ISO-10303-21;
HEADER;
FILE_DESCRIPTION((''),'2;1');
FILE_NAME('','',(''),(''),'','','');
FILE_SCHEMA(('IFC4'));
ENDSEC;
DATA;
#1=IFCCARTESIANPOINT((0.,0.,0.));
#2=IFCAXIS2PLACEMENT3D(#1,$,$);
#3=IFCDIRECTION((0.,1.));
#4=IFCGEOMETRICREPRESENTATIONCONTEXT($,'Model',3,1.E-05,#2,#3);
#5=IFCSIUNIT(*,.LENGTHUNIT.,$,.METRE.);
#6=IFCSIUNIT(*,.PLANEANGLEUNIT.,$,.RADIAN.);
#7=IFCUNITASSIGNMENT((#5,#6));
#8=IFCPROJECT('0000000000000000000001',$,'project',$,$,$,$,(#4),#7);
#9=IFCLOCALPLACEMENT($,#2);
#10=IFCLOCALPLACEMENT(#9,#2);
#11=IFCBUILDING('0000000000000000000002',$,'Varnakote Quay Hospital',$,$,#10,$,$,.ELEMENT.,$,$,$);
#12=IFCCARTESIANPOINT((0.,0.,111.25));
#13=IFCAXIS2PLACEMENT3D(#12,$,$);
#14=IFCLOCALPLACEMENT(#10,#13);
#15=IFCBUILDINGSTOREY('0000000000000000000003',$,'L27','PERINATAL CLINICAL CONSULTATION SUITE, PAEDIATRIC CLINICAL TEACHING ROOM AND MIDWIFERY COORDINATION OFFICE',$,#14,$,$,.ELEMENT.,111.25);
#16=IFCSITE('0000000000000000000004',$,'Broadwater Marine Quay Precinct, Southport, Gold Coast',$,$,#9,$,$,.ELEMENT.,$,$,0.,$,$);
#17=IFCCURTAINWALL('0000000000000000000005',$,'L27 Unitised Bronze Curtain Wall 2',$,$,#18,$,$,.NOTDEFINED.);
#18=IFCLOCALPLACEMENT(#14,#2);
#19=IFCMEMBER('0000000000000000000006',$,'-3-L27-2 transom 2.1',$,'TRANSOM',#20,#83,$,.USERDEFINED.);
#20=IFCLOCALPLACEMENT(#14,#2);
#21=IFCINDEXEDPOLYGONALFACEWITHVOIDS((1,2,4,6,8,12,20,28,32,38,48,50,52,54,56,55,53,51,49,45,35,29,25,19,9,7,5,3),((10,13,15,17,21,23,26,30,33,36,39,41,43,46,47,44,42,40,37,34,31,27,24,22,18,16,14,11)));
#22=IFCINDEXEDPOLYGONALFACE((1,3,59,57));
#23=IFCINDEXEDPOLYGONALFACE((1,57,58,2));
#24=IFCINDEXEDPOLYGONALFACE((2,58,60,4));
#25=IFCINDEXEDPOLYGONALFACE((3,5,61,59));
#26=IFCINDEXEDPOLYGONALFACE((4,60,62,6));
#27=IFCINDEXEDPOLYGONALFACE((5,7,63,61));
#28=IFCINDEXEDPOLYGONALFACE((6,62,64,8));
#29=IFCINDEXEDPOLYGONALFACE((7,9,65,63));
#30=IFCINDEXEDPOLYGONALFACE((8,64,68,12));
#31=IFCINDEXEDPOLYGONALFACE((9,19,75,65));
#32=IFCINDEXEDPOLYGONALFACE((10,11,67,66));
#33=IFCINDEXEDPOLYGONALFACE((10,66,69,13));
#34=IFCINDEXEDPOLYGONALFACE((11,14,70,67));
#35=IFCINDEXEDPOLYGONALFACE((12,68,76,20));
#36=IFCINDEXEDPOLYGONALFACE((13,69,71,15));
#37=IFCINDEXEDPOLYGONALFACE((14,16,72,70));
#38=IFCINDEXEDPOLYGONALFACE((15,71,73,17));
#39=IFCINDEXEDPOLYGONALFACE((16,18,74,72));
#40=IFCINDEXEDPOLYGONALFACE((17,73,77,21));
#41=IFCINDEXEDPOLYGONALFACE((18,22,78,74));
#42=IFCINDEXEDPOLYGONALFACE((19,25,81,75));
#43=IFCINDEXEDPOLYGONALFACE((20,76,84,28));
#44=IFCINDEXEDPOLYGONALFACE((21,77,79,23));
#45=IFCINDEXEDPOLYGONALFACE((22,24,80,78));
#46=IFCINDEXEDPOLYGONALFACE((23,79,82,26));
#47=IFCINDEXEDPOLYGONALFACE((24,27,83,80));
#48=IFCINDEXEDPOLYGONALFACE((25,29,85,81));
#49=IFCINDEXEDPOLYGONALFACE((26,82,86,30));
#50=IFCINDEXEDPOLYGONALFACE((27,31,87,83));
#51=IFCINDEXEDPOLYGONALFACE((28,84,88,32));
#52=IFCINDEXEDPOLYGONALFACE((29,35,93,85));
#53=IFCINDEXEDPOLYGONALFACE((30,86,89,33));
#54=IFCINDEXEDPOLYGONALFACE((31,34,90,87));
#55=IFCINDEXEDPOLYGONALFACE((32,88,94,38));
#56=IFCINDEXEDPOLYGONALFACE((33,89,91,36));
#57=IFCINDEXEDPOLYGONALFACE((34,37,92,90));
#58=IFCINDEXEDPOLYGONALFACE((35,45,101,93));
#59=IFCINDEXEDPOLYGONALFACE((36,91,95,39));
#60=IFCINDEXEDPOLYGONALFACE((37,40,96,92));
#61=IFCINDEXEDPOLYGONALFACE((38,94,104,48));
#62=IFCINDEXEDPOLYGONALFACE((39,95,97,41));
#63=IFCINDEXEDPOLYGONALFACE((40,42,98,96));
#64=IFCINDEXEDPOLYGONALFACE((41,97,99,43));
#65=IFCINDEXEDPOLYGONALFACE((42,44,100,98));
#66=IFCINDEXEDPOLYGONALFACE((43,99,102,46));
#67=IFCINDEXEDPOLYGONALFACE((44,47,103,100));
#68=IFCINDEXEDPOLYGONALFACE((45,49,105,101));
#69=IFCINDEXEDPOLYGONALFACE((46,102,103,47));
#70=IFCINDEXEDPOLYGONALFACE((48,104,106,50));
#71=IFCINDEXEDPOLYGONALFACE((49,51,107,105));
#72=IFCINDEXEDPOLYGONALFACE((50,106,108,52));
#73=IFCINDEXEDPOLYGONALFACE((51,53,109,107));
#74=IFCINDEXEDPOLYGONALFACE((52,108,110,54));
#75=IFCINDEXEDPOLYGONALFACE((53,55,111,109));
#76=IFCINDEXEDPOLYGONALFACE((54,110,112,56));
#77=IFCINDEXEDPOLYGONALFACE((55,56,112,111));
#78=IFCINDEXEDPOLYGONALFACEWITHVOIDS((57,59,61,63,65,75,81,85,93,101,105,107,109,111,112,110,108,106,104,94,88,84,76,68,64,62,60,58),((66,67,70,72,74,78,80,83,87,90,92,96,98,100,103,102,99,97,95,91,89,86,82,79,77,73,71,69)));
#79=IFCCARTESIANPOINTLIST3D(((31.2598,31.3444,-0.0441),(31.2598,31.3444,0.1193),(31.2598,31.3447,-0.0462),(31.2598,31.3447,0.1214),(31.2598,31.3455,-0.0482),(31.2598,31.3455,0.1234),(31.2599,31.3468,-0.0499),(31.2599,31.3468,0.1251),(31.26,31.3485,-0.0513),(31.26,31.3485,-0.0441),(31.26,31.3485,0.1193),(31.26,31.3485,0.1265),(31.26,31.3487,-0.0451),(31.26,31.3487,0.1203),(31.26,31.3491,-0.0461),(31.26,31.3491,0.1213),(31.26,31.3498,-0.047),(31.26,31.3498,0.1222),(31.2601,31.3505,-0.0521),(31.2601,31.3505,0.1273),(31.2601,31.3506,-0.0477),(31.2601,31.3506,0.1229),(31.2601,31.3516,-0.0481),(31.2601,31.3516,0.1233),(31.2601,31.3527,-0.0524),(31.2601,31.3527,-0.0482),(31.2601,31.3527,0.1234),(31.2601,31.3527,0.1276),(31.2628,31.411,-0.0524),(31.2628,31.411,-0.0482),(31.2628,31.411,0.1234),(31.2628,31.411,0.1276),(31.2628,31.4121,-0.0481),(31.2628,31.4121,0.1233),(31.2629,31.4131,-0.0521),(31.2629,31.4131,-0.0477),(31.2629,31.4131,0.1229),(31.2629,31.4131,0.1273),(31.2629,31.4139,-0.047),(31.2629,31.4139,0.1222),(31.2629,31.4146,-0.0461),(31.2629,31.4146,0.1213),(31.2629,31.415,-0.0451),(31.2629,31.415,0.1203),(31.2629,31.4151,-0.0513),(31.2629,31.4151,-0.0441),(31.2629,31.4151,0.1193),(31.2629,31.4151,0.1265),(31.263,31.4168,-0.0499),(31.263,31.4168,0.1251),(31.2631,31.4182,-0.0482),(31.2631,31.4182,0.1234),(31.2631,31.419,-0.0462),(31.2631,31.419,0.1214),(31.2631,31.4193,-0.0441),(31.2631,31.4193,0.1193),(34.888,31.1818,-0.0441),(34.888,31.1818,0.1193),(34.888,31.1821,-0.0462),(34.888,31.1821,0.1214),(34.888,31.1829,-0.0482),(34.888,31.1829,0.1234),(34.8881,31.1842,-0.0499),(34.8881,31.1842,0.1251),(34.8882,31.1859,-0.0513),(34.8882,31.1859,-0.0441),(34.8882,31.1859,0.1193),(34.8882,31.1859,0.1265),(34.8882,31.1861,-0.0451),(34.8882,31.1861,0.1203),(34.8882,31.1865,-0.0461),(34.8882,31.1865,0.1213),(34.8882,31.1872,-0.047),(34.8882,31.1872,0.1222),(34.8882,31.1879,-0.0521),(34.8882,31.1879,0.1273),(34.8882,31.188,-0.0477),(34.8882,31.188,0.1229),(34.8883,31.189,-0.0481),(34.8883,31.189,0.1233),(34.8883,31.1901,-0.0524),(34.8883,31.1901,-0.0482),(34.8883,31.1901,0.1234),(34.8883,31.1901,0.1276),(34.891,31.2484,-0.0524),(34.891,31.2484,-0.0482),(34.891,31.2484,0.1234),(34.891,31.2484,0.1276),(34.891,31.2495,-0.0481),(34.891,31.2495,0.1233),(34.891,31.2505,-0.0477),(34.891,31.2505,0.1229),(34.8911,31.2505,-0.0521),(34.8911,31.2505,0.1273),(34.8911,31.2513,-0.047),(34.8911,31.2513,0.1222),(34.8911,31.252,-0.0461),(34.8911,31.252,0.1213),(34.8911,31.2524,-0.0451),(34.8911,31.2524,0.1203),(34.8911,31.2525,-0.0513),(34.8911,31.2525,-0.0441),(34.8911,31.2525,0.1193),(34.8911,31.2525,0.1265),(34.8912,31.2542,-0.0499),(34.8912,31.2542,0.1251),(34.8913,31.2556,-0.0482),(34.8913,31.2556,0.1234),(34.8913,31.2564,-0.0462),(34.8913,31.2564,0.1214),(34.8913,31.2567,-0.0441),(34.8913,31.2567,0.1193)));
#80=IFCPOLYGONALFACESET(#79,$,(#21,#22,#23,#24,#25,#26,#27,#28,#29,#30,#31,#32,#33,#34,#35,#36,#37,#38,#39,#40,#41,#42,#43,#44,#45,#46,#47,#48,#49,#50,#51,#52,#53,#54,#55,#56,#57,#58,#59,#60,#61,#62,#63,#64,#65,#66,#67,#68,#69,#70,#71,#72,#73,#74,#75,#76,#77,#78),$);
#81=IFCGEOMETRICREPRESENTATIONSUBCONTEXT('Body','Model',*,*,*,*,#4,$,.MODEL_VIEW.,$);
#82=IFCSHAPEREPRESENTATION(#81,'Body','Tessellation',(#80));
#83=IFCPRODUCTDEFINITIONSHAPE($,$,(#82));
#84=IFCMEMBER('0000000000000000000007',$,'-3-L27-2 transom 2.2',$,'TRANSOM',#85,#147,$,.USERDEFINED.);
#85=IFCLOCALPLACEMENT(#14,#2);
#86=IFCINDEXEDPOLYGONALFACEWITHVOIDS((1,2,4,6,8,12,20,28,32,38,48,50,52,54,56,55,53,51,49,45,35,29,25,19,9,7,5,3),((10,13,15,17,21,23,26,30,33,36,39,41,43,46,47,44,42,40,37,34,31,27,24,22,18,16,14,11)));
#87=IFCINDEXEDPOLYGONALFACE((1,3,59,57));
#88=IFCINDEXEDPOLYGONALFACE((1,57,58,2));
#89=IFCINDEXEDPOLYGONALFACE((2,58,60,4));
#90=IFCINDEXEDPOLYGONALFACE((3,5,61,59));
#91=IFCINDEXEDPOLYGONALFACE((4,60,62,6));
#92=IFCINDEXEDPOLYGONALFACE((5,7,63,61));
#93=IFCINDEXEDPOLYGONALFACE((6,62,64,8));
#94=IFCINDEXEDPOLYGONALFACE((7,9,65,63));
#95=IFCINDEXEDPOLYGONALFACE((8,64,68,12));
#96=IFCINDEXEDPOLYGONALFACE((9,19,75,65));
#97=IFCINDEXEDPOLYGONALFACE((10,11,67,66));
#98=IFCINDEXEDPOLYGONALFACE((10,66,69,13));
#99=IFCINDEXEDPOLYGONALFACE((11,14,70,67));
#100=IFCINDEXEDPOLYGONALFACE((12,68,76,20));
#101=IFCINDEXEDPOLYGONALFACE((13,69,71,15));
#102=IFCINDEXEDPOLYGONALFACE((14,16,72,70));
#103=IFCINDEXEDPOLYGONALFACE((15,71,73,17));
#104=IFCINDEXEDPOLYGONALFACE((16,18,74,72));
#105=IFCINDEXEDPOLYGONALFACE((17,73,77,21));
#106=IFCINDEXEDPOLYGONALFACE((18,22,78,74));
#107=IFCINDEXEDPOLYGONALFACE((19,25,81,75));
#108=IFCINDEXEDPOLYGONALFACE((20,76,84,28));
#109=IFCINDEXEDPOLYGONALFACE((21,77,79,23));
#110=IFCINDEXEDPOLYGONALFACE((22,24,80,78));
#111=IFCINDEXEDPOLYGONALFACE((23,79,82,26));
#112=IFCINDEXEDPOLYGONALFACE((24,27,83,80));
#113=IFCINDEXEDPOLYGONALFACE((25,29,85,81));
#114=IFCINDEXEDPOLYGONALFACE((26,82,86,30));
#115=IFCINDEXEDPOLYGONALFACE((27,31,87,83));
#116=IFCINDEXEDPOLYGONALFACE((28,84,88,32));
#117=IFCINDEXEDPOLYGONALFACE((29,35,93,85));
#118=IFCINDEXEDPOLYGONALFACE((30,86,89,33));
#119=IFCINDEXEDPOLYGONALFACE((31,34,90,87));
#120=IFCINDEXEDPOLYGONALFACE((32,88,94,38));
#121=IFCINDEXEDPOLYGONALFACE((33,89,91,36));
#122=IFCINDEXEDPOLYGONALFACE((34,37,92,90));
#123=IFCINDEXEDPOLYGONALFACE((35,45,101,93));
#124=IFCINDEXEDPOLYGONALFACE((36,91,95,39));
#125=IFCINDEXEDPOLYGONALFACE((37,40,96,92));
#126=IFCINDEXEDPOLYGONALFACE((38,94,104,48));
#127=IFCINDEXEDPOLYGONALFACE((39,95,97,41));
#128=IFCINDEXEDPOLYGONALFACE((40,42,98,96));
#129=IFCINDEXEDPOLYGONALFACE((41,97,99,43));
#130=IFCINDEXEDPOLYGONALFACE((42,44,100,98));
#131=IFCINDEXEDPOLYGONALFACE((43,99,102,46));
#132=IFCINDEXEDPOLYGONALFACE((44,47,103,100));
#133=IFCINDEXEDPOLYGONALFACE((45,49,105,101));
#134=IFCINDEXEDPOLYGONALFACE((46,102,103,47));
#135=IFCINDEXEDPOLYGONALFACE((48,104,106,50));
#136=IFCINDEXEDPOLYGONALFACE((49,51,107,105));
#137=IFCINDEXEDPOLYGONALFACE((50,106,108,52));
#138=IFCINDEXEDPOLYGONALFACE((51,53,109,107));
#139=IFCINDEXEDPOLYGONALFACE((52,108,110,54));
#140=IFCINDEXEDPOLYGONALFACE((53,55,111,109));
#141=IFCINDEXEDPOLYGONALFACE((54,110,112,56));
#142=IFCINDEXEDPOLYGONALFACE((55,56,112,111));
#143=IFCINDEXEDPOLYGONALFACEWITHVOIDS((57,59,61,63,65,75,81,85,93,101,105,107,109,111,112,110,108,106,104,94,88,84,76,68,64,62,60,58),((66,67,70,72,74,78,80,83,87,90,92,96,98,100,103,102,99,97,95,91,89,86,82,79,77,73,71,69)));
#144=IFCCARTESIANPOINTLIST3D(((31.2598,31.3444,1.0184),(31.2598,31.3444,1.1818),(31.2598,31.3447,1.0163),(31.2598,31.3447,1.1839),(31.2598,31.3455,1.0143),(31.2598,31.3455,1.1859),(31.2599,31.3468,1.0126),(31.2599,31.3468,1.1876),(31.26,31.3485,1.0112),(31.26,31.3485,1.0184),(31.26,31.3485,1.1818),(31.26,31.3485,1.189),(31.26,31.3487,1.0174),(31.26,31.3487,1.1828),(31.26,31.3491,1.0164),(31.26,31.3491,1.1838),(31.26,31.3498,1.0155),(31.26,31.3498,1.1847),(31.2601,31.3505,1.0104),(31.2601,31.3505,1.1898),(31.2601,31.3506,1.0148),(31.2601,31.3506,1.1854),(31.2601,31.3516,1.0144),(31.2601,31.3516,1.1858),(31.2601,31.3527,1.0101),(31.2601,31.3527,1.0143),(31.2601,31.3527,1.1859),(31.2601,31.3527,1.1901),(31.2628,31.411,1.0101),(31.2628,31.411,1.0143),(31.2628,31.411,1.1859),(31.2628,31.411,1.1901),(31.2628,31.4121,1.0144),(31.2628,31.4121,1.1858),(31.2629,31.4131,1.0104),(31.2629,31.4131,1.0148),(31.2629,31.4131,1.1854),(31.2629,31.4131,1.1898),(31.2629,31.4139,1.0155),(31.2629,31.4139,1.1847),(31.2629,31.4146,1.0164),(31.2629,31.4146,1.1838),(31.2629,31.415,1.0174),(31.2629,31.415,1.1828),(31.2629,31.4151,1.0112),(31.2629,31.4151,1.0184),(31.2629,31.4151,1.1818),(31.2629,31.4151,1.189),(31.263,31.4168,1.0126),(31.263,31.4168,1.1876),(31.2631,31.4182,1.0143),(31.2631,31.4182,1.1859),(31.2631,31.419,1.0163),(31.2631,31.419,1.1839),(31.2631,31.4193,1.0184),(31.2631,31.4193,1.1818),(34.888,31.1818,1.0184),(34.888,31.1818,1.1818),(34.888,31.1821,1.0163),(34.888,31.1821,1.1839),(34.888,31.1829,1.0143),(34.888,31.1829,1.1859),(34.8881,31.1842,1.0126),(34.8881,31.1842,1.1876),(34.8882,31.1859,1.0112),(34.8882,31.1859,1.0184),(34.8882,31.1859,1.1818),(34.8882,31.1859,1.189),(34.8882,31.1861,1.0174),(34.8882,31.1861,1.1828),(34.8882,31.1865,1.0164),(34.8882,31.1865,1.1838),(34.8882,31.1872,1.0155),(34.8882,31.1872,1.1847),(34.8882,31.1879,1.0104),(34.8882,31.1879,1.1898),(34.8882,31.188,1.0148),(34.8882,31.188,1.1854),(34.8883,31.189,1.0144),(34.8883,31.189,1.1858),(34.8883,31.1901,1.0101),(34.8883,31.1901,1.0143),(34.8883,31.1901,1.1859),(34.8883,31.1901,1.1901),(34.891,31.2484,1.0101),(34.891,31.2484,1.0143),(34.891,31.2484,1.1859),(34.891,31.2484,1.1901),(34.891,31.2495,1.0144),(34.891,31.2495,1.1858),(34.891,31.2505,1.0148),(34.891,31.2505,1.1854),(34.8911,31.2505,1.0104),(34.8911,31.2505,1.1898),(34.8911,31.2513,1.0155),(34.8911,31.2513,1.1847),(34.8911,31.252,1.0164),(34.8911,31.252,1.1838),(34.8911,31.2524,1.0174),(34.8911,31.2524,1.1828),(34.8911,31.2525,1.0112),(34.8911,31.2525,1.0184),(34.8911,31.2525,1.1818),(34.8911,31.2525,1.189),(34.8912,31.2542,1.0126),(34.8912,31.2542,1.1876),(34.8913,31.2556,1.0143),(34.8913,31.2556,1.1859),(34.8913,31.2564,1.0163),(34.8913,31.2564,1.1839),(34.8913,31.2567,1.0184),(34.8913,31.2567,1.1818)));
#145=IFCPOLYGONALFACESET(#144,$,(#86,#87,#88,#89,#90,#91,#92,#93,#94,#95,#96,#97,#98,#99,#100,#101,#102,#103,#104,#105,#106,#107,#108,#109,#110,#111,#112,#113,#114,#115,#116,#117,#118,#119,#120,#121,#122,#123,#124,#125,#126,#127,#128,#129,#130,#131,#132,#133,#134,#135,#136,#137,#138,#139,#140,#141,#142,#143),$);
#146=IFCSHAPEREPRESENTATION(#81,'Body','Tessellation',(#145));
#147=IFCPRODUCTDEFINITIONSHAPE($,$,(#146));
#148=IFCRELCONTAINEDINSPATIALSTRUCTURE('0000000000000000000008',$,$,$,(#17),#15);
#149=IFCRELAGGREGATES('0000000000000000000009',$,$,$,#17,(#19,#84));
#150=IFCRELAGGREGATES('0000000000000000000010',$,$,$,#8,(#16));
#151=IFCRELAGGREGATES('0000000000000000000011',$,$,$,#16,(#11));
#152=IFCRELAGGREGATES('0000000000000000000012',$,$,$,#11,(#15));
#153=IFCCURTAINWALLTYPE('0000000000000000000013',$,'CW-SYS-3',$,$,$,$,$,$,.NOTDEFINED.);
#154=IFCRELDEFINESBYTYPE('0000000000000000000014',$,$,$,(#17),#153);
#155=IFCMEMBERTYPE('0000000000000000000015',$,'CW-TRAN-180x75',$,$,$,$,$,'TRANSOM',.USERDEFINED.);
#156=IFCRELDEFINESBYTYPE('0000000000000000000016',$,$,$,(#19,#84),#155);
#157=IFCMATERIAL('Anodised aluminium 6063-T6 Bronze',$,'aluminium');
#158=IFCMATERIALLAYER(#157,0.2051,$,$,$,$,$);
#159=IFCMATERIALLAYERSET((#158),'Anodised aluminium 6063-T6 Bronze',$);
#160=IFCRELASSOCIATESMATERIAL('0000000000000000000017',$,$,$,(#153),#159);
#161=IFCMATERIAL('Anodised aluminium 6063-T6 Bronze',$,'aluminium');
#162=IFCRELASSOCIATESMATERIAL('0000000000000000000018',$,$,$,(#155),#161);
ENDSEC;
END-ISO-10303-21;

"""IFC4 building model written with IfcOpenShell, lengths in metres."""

from ifc_helpers import new_model, si_unit, direction, frame, origin, origin_2d, place, context, subcontext, project, spatial, hollow_rectangle, extrude, material, layer, layer_set, material_profile, profile_set, type_object, element, aggregate, save


model = new_model("IFC4")

# Units and contexts
model_context = context("Model", 3, precision=1e-05, world=origin(), true_north=direction((0.0, 1.0)))
body_context = subcontext(model_context, "Body", "Model", "MODEL_VIEW")
ifc_project = project(units=[si_unit("LENGTHUNIT", "METRE"), si_unit("PLANEANGLEUNIT", "RADIAN")], contexts=[model_context])

# Site, building, storey
site_placement = place(None, origin())
site = spatial("IfcSite", under=ifc_project, at=site_placement, Name="Broadwater Marine Quay Precinct, Southport, Gold Coast", CompositionType="ELEMENT", RefElevation=0.0)
building_placement = place(site_placement, origin())
building = spatial("IfcBuilding", under=site, at=building_placement, Name="Varnakote Quay Hospital", CompositionType="ELEMENT")
storey_placement = place(building_placement, frame((0.0, 0.0, 111.25)))
storey = spatial("IfcBuildingStorey", under=building, at=storey_placement, Name="L27", Description="PERINATAL CLINICAL CONSULTATION SUITE, PAEDIATRIC CLINICAL TEACHING ROOM AND MIDWIFERY COORDINATION OFFICE", CompositionType="ELEMENT", Elevation=111.25)

# Shared definitions
ifc_material_1 = material(Name="Anodised aluminium 6063-T6 Bronze", Category="aluminium")
ifc_layer_1 = layer(ifc_material_1, 0.2051)
ifc_layer_set_1 = layer_set([ifc_layer_1], Name="Anodised aluminium 6063-T6 Bronze")
curtain_wall_type = type_object("IfcCurtainWallType", Name="CW-SYS-3", PredefinedType="NOTDEFINED", material=ifc_layer_set_1)

# Curtain wall, members
curtain_wall_1_placement = place(storey_placement, origin())
curtain_wall_1 = element("IfcCurtainWall", 1, at=curtain_wall_1_placement, inside=storey, type_object=curtain_wall_type, Name="L27 Unitised Bronze Curtain Wall 2", PredefinedType="NOTDEFINED")
ifc_material_2 = material(Name="Anodised aluminium 6063-T6 Bronze", Category="aluminium")
ifc_material_profile_1 = material_profile(ifc_material_2, hollow_rectangle(XDim=0.075, YDim=0.1799, WallThickness=0.0042, InnerFilletRadius=0.0042, OuterFilletRadius=0.0083, at=origin_2d()), Name="CW-TRAN-180x75")
ifc_profile_set_1 = profile_set([ifc_material_profile_1], Name="Anodised aluminium 6063-T6 Bronze")
member_type_1 = type_object("IfcMemberType", Name="CW-TRAN-180x75", ElementType="TRANSOM", PredefinedType="USERDEFINED", material=ifc_profile_set_1)
member_1_placement = place(storey_placement, frame((34.8896, 31.2192, 0.0376), z_axis=(-0.998997, 0.04477, 0.0), x_axis=(-0.04477, -0.998997, 0.0)))
member_1 = element("IfcMember", 2, at=member_1_placement, type_object=member_type_1, Name="-3-L27-2 transom 2.1", ObjectType="TRANSOM", PredefinedType="USERDEFINED", context=body_context, shape_type="SweptSolid", body=[
    extrude(hollow_rectangle(XDim=0.075, YDim=0.1799, WallThickness=0.0042, InnerFilletRadius=0.0042, OuterFilletRadius=0.0083, at=origin_2d()), origin(), (0.0, 0.0, 1.0), 3.6318),
])
member_2_placement = place(storey_placement, frame((34.8896, 31.2192, 1.1001), z_axis=(-0.998997, 0.04477, 0.0), x_axis=(-0.04477, -0.998997, 0.0)))
member_2 = element("IfcMember", 3, at=member_2_placement, type_object=member_type_1, Name="-3-L27-2 transom 2.2", ObjectType="TRANSOM", PredefinedType="USERDEFINED", context=body_context, shape_type="SweptSolid", body=[
    extrude(hollow_rectangle(XDim=0.075, YDim=0.1799, WallThickness=0.0042, InnerFilletRadius=0.0042, OuterFilletRadius=0.0083, at=origin_2d()), origin(), (0.0, 0.0, 1.0), 3.6318),
])

aggregate(curtain_wall_1, [member_1, member_2])

save(model, "model.ifc")
